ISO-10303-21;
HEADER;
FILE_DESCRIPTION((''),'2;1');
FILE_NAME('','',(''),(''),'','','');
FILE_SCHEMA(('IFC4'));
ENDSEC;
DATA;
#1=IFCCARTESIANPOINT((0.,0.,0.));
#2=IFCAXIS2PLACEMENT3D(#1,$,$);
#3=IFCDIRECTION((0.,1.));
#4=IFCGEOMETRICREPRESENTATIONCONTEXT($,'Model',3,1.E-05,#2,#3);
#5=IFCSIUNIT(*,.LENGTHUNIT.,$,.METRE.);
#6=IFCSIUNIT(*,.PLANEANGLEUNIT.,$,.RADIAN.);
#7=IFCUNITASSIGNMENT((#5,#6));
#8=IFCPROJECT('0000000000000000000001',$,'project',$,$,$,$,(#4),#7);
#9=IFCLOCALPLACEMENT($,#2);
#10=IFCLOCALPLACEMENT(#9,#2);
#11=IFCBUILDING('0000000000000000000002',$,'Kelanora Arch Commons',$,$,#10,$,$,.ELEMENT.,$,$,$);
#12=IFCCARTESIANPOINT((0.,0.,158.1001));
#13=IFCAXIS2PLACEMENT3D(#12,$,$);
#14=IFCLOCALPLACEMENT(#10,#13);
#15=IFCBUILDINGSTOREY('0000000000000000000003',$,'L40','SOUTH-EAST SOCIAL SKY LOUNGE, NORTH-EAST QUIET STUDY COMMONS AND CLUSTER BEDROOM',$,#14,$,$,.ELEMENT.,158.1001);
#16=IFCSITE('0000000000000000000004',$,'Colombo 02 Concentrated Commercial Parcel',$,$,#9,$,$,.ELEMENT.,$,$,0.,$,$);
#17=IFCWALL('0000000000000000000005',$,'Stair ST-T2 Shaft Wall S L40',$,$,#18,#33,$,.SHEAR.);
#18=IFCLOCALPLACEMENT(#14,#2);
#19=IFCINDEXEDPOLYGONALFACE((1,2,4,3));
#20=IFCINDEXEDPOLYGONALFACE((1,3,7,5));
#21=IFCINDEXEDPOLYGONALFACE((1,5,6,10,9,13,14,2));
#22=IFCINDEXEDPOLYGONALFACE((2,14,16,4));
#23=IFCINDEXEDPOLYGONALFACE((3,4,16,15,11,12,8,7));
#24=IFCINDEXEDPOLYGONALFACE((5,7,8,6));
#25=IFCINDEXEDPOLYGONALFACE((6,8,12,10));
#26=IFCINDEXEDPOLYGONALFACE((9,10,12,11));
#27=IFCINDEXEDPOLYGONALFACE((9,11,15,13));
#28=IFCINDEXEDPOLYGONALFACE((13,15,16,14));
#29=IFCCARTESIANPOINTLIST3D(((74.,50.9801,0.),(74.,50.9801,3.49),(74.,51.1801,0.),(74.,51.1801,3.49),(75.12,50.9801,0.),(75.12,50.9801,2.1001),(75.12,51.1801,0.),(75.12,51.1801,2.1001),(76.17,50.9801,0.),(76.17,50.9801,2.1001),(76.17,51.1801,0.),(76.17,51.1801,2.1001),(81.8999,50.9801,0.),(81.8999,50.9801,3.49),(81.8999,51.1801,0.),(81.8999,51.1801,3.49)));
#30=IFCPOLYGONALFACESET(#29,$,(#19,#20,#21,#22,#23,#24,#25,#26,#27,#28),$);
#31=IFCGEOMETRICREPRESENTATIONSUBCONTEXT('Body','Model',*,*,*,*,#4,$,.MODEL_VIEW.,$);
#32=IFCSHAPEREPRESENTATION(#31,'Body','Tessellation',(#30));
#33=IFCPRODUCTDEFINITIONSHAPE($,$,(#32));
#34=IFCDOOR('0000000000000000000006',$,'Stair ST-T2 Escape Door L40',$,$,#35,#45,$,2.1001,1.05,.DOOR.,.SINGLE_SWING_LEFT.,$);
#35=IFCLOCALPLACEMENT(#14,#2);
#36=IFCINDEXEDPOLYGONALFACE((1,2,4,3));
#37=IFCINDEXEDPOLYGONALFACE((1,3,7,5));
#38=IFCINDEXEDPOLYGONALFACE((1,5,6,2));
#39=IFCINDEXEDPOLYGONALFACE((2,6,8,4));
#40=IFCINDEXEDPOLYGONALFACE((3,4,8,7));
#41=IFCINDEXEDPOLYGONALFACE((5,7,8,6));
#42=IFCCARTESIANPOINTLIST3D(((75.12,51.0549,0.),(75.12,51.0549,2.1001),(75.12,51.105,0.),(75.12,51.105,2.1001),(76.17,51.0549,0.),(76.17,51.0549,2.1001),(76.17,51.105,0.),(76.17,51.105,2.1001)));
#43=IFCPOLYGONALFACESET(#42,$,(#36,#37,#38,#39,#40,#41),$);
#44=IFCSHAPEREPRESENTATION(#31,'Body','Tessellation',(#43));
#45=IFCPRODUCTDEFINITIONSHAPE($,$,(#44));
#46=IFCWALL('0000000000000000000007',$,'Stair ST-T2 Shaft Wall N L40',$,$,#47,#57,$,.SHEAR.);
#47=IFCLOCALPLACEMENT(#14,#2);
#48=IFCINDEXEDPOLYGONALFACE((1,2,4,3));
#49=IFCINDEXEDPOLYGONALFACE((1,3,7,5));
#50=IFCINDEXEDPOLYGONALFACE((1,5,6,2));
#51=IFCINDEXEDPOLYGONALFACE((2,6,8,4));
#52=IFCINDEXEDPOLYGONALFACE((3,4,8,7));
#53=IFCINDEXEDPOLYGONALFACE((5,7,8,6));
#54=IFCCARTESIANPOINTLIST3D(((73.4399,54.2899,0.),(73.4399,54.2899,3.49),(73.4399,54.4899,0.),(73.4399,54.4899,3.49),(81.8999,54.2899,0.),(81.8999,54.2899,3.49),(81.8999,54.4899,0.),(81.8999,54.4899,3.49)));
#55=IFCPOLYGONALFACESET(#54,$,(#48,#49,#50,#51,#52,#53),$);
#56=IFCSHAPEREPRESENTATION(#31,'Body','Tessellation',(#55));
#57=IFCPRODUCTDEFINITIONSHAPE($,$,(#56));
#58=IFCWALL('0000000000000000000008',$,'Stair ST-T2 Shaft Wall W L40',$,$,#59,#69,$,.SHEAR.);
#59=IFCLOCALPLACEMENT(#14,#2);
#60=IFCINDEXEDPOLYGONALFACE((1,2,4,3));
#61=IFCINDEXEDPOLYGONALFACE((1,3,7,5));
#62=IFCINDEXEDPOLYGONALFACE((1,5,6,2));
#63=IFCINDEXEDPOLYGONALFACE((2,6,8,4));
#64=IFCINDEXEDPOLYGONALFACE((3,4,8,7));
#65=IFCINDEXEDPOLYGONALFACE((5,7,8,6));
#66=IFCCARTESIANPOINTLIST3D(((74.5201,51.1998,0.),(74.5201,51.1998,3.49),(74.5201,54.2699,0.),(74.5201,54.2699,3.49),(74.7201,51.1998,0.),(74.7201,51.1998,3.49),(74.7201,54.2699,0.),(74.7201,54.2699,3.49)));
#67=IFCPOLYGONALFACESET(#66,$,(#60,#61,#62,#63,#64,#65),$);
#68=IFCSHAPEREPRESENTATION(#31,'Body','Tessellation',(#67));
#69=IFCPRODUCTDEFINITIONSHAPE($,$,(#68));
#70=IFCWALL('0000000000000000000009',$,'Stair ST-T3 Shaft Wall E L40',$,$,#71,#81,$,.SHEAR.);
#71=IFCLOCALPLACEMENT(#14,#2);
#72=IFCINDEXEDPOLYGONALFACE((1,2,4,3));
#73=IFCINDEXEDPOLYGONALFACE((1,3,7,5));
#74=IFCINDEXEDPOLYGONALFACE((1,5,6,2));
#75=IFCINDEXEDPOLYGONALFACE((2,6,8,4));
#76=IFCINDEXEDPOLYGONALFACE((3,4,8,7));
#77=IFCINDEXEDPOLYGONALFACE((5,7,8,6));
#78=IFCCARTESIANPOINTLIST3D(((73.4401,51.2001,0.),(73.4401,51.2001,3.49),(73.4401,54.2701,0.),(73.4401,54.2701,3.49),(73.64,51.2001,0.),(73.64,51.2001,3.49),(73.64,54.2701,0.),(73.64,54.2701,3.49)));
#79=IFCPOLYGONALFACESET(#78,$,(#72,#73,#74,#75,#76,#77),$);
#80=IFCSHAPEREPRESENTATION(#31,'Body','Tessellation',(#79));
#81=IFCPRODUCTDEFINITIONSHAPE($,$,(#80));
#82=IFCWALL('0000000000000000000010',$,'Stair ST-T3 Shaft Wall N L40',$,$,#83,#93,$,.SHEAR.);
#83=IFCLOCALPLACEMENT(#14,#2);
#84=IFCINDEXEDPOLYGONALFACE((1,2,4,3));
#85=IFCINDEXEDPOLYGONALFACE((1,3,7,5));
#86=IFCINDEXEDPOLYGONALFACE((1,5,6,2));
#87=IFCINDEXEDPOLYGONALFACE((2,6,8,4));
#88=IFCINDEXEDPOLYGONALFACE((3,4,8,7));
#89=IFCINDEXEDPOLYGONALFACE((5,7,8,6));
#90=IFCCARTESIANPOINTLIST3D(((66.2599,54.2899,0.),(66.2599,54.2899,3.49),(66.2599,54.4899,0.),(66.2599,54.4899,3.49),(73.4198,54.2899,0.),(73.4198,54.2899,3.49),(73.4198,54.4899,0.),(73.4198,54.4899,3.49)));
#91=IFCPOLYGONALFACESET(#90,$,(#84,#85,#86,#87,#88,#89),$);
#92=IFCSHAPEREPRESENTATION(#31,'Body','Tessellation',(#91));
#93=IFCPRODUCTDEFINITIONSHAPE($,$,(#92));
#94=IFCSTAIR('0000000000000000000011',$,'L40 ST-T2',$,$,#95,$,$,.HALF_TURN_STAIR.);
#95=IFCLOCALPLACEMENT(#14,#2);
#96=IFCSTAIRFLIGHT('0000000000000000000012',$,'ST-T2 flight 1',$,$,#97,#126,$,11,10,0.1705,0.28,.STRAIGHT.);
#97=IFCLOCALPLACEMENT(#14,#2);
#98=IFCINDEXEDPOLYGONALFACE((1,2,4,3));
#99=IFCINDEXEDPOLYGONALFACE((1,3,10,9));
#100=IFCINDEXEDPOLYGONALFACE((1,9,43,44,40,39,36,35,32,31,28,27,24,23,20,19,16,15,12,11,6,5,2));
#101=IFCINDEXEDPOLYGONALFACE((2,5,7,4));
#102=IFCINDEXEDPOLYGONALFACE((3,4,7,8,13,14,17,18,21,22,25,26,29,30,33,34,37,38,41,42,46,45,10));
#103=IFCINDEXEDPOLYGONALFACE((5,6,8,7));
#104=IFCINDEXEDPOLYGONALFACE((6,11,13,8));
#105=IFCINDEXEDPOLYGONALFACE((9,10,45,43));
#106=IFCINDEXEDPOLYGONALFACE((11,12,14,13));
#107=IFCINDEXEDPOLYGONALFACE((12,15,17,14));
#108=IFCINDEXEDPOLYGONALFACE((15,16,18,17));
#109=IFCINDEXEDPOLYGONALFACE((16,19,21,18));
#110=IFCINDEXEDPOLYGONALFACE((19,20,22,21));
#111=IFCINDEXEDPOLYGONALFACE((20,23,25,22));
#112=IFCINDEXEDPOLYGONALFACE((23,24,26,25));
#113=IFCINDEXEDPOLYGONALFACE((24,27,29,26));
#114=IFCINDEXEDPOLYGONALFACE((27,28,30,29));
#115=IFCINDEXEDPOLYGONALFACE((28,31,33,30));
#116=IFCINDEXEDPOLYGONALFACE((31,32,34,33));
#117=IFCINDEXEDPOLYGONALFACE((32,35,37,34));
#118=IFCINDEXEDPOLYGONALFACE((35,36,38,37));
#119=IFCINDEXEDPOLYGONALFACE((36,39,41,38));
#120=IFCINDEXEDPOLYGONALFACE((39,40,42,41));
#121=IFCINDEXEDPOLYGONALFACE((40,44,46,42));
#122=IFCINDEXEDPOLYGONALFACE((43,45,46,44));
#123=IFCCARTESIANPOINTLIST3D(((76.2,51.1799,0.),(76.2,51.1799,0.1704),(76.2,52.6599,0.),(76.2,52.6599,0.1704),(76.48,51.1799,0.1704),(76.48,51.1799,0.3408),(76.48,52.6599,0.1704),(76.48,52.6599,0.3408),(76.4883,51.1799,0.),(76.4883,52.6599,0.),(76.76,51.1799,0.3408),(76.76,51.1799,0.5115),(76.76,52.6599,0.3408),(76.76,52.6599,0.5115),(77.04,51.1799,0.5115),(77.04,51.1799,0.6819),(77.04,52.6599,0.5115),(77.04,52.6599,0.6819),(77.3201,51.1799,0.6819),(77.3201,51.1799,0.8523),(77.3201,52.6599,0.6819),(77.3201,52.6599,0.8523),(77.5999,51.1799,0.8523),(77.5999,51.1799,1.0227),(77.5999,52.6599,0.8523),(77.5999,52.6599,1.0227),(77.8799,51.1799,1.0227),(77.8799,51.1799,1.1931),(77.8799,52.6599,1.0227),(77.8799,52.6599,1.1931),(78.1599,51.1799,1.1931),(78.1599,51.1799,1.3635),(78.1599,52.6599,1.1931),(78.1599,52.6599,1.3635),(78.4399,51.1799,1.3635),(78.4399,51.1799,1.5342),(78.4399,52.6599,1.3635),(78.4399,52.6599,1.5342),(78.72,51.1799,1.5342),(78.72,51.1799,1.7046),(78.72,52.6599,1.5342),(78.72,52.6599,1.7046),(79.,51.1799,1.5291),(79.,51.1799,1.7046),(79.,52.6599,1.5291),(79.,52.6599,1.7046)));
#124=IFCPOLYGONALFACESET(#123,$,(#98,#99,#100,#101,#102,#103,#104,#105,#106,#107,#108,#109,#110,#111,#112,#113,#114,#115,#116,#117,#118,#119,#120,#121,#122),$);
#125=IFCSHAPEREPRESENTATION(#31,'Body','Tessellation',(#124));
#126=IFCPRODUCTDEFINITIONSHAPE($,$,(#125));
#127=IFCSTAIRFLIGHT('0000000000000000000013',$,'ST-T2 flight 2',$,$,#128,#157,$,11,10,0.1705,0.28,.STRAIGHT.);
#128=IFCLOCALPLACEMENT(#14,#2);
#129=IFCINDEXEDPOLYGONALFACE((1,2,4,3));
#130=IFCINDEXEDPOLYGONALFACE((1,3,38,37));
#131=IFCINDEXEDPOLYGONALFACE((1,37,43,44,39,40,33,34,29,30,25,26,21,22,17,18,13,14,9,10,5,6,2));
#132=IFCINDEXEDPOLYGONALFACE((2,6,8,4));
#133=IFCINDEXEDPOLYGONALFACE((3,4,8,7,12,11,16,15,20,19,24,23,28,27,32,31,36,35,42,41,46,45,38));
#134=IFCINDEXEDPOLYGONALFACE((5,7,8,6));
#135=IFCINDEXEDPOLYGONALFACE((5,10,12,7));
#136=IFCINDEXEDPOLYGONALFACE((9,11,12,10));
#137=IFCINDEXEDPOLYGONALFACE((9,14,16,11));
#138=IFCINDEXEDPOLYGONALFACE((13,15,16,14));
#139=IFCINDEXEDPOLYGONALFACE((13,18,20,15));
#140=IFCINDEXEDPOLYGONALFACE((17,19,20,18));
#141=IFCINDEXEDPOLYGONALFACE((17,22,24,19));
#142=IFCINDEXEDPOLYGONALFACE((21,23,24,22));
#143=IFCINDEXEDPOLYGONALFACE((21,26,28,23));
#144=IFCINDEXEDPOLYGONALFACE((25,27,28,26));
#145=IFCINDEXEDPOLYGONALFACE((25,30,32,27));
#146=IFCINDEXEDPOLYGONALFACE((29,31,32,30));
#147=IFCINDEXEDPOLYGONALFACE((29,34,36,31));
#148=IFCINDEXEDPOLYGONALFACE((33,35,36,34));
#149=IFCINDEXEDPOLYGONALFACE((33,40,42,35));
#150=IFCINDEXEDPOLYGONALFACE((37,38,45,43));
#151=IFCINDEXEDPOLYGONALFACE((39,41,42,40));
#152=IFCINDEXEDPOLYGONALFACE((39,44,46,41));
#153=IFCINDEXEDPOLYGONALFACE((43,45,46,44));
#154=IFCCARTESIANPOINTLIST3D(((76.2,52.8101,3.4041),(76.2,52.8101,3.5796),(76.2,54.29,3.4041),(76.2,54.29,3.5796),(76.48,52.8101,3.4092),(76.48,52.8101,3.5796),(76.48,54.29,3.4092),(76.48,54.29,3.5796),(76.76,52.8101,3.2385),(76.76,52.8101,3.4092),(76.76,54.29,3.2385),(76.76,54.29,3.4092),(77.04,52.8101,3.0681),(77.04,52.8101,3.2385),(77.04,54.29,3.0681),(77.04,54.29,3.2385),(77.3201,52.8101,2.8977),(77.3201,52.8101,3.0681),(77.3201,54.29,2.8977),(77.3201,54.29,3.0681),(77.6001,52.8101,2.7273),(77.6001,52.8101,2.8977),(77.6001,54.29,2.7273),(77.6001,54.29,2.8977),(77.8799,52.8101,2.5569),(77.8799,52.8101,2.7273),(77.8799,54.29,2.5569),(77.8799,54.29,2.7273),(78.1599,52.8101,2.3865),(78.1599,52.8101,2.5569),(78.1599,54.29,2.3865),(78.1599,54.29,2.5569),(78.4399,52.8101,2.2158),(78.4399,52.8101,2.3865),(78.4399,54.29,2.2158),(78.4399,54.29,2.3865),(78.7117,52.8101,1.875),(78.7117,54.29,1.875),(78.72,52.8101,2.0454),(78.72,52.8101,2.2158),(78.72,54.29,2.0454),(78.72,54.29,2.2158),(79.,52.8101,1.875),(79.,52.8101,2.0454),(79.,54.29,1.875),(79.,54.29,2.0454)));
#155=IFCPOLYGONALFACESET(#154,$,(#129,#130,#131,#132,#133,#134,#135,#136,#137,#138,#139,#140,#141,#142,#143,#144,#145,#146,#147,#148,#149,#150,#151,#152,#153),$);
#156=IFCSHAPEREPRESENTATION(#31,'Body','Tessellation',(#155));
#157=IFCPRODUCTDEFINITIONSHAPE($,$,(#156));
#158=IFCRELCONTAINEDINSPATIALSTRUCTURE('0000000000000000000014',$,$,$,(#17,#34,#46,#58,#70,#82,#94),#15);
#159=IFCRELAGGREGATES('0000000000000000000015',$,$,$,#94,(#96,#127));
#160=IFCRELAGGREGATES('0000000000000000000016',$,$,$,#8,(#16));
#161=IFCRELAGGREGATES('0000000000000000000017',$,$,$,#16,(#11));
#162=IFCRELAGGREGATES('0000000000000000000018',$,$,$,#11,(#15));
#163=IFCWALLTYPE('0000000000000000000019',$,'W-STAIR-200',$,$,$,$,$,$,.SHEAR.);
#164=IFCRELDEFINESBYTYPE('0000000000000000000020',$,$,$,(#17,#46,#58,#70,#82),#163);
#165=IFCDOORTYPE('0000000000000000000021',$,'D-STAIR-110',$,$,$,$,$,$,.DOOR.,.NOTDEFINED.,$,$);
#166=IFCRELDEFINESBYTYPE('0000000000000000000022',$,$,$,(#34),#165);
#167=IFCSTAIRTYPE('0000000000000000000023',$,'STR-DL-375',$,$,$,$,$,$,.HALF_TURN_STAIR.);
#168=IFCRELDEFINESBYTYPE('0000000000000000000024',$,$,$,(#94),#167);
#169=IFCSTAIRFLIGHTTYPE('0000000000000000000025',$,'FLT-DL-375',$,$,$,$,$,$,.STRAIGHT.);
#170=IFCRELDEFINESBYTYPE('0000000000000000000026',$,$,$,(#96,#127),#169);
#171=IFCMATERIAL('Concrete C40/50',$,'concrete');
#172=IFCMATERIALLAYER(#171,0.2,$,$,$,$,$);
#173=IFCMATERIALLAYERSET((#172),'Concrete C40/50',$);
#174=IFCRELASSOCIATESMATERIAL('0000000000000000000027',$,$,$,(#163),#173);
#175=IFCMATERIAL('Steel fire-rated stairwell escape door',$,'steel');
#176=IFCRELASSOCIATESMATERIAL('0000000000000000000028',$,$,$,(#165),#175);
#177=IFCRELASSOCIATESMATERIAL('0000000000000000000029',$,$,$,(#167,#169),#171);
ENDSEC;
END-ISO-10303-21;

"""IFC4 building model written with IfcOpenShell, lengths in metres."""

from ifc_helpers import new_model, si_unit, direction, frame, frame_2d, origin, place, context, subcontext, project, spatial, polyline, rectangle, outline, extrude, material, layer, layer_set, type_object, element, fill, aggregate, save


model = new_model("IFC4")

# Units and contexts
model_context = context("Model", 3, precision=1e-05, world=origin(), true_north=direction((0.0, 1.0)))
body_context = subcontext(model_context, "Body", "Model", "MODEL_VIEW")
ifc_project = project(units=[si_unit("LENGTHUNIT", "METRE"), si_unit("PLANEANGLEUNIT", "RADIAN")], contexts=[model_context])

# Site, building, storey
site_placement = place(None, origin())
site = spatial("IfcSite", under=ifc_project, at=site_placement, Name="Colombo 02 Concentrated Commercial Parcel", CompositionType="ELEMENT", RefElevation=0.0)
building_placement = place(site_placement, origin())
building = spatial("IfcBuilding", under=site, at=building_placement, Name="Kelanora Arch Commons", CompositionType="ELEMENT")
storey_placement = place(building_placement, frame((0.0, 0.0, 158.1001)))
storey = spatial("IfcBuildingStorey", under=building, at=storey_placement, Name="L40", Description="SOUTH-EAST SOCIAL SKY LOUNGE, NORTH-EAST QUIET STUDY COMMONS AND CLUSTER BEDROOM", CompositionType="ELEMENT", Elevation=158.1001)

# Wall, opening, door
ifc_material_1 = material(Name="Concrete C40/50", Category="concrete")
ifc_layer_1 = layer(ifc_material_1, 0.2)
ifc_layer_set_1 = layer_set([ifc_layer_1], Name="Concrete C40/50")
wall_type_1 = type_object("IfcWallType", Name="W-STAIR-200", PredefinedType="SHEAR", material=ifc_layer_set_1)
wall_1_placement = place(storey_placement, frame((74.0, 51.0801, 0.0), z_axis=(0.0, 0.0, 1.0), x_axis=(1.0, 0.0, 0.0)))
wall_1 = element("IfcWall", 1, at=wall_1_placement, inside=storey, type_object=wall_type_1, Name="Stair ST-T2 Shaft Wall S L40", PredefinedType="SHEAR", context=body_context, shape_type="SweptSolid", body=[
    extrude(rectangle(XDim=7.8999, YDim=0.2, at=frame_2d((3.95, 0.0))), origin(), (0.0, 0.0, 1.0), 3.49),
])
opening_placement = place(wall_1_placement, frame((1.1201, 0.0, 0.0)))
opening = element("IfcOpeningElement", 2, at=opening_placement, cuts=wall_1, PredefinedType="OPENING", context=body_context, shape_type="SweptSolid", body=[
    extrude(rectangle(XDim=1.05, YDim=2.1001, at=frame_2d((0.5249, 1.05))), frame((0.0, 0.1099, 0.0), z_axis=(0.0, -1.0, 0.0), x_axis=(1.0, 0.0, 0.0)), (0.0, 0.0, 1.0), 0.22),
])
ifc_material_2 = material(Name="Steel fire-rated stairwell escape door", Category="steel")
door_type = type_object("IfcDoorType", Name="D-STAIR-110", OperationType="NOTDEFINED", PredefinedType="DOOR", material=ifc_material_2)
door_placement = place(opening_placement, origin())
door = element("IfcDoor", 3, at=door_placement, inside=storey, type_object=door_type, Name="Stair ST-T2 Escape Door L40", OperationType="SINGLE_SWING_LEFT", OverallHeight=2.1001, OverallWidth=1.05, PredefinedType="DOOR", context=body_context, shape_type="SweptSolid", body=[
    extrude(rectangle(XDim=1.05, YDim=2.1001, at=frame_2d((0.5249, 1.05))), frame((0.0, 0.0249, 0.0), z_axis=(0.0, -1.0, 0.0), x_axis=(1.0, 0.0, 0.0)), (0.0, 0.0, 1.0), 0.05),
])
fill(opening, door)

# Walls
wall_2_placement = place(storey_placement, frame((81.8999, 54.3899, 0.0), z_axis=(0.0, 0.0, 1.0), x_axis=(-1.0, 0.0, 0.0)))
element("IfcWall", 4, at=wall_2_placement, inside=storey, type_object=wall_type_1, Name="Stair ST-T2 Shaft Wall N L40", PredefinedType="SHEAR", context=body_context, shape_type="SweptSolid", body=[
    extrude(rectangle(XDim=8.46, YDim=0.2, at=frame_2d((4.23, 0.0))), origin(), (0.0, 0.0, 1.0), 3.49),
])
for number, where, z_axis, x_axis, name in (
    (5, (74.6201, 54.27, 0.0), (0.0, 0.0, 1.0), (0.0, -1.0, 0.0), "Stair ST-T2 Shaft Wall W L40"),
    (6, (73.54, 51.2, 0.0), (0.0, 0.0, 1.0), (0.0, 1.0, 0.0), "Stair ST-T3 Shaft Wall E L40"),
):
    element("IfcWall", number, at=place(storey_placement, frame(where, z_axis=z_axis, x_axis=x_axis)), inside=storey, type_object=wall_type_1, Name=name, PredefinedType="SHEAR", context=body_context, shape_type="SweptSolid", body=[
        extrude(rectangle(XDim=3.0701, YDim=0.2, at=frame_2d((1.5352, 0.0))), origin(), (0.0, 0.0, 1.0), 3.49),
    ])
wall_3_placement = place(storey_placement, frame((73.4199, 54.3899, 0.0), z_axis=(0.0, 0.0, 1.0), x_axis=(-1.0, 0.0, 0.0)))
element("IfcWall", 7, at=wall_3_placement, inside=storey, type_object=wall_type_1, Name="Stair ST-T3 Shaft Wall N L40", PredefinedType="SHEAR", context=body_context, shape_type="SweptSolid", body=[
    extrude(rectangle(XDim=7.1599, YDim=0.2, at=frame_2d((3.5801, 0.0))), origin(), (0.0, 0.0, 1.0), 3.49),
])

# Stair, stair flights
stair_type = type_object("IfcStairType", Name="STR-DL-375", PredefinedType="HALF_TURN_STAIR", material=ifc_material_1)
stair_placement = place(storey_placement, origin())
stair = element("IfcStair", 8, at=stair_placement, inside=storey, type_object=stair_type, Name="L40 ST-T2", PredefinedType="HALF_TURN_STAIR")
stair_flight_type = type_object("IfcStairFlightType", Name="FLT-DL-375", PredefinedType="STRAIGHT", material=ifc_material_1)
stair_flight_1_placement = place(storey_placement, frame((76.2, 51.9199, 0.0), z_axis=(0.0, 0.0, 1.0), x_axis=(1.0, 0.0, 0.0)))
stair_flight_1 = element("IfcStairFlight", 9, at=stair_flight_1_placement, type_object=stair_flight_type, Name="ST-T2 flight 1", NumberOfRisers=11, NumberOfTreads=10, PredefinedType="STRAIGHT", RiserHeight=0.1705, TreadLength=0.28, context=body_context, shape_type="SweptSolid", body=[
    extrude(outline(polyline([(0.0, 0.0), (0.0, 0.1704), (0.28, 0.1704), (0.28, 0.3408), (0.5601, 0.3408), (0.5601, 0.5115), (0.8401, 0.5115), (0.8401, 0.6819), (1.1201, 0.6819), (1.1201, 0.8523), (1.3999, 0.8523), (1.3999, 1.0227), (1.6799, 1.0227), (1.6799, 1.1931), (1.96, 1.1931), (1.96, 1.3635), (2.24, 1.3635), (2.24, 1.5342), (2.52, 1.5342), (2.52, 1.7046), (2.8, 1.7046), (2.8, 1.875), (2.8, 1.5291), (0.2883, 0.0), (0.0, 0.0)])), frame((0.0, 0.74, 0.0), z_axis=(0.0, -1.0, 0.0), x_axis=(1.0, 0.0, 0.0)), (0.0, 0.0, 1.0), 1.48),
])
stair_flight_2_placement = place(storey_placement, frame((79.0, 53.55, 1.875), z_axis=(0.0, 0.0, 1.0), x_axis=(-1.0, 0.0, 0.0)))
stair_flight_2 = element("IfcStairFlight", 10, at=stair_flight_2_placement, type_object=stair_flight_type, Name="ST-T2 flight 2", NumberOfRisers=11, NumberOfTreads=10, PredefinedType="STRAIGHT", RiserHeight=0.1705, TreadLength=0.28, context=body_context, shape_type="SweptSolid", body=[
    extrude(outline(polyline([(0.0, 0.0), (0.0, 0.1704), (0.28, 0.1704), (0.28, 0.3408), (0.5601, 0.3408), (0.5601, 0.5115), (0.8401, 0.5115), (0.8401, 0.6819), (1.1201, 0.6819), (1.1201, 0.8523), (1.3999, 0.8523), (1.3999, 1.0227), (1.6799, 1.0227), (1.6799, 1.1931), (1.96, 1.1931), (1.96, 1.3635), (2.24, 1.3635), (2.24, 1.5342), (2.52, 1.5342), (2.52, 1.7046), (2.8, 1.7046), (2.8, 1.875), (2.8, 1.5291), (0.2883, 0.0), (0.0, 0.0)])), frame((0.0, 0.74, 0.0), z_axis=(0.0, -1.0, 0.0), x_axis=(1.0, 0.0, 0.0)), (0.0, 0.0, 1.0), 1.48),
])
aggregate(stair, [stair_flight_1, stair_flight_2])

save(model, "model.ifc")
